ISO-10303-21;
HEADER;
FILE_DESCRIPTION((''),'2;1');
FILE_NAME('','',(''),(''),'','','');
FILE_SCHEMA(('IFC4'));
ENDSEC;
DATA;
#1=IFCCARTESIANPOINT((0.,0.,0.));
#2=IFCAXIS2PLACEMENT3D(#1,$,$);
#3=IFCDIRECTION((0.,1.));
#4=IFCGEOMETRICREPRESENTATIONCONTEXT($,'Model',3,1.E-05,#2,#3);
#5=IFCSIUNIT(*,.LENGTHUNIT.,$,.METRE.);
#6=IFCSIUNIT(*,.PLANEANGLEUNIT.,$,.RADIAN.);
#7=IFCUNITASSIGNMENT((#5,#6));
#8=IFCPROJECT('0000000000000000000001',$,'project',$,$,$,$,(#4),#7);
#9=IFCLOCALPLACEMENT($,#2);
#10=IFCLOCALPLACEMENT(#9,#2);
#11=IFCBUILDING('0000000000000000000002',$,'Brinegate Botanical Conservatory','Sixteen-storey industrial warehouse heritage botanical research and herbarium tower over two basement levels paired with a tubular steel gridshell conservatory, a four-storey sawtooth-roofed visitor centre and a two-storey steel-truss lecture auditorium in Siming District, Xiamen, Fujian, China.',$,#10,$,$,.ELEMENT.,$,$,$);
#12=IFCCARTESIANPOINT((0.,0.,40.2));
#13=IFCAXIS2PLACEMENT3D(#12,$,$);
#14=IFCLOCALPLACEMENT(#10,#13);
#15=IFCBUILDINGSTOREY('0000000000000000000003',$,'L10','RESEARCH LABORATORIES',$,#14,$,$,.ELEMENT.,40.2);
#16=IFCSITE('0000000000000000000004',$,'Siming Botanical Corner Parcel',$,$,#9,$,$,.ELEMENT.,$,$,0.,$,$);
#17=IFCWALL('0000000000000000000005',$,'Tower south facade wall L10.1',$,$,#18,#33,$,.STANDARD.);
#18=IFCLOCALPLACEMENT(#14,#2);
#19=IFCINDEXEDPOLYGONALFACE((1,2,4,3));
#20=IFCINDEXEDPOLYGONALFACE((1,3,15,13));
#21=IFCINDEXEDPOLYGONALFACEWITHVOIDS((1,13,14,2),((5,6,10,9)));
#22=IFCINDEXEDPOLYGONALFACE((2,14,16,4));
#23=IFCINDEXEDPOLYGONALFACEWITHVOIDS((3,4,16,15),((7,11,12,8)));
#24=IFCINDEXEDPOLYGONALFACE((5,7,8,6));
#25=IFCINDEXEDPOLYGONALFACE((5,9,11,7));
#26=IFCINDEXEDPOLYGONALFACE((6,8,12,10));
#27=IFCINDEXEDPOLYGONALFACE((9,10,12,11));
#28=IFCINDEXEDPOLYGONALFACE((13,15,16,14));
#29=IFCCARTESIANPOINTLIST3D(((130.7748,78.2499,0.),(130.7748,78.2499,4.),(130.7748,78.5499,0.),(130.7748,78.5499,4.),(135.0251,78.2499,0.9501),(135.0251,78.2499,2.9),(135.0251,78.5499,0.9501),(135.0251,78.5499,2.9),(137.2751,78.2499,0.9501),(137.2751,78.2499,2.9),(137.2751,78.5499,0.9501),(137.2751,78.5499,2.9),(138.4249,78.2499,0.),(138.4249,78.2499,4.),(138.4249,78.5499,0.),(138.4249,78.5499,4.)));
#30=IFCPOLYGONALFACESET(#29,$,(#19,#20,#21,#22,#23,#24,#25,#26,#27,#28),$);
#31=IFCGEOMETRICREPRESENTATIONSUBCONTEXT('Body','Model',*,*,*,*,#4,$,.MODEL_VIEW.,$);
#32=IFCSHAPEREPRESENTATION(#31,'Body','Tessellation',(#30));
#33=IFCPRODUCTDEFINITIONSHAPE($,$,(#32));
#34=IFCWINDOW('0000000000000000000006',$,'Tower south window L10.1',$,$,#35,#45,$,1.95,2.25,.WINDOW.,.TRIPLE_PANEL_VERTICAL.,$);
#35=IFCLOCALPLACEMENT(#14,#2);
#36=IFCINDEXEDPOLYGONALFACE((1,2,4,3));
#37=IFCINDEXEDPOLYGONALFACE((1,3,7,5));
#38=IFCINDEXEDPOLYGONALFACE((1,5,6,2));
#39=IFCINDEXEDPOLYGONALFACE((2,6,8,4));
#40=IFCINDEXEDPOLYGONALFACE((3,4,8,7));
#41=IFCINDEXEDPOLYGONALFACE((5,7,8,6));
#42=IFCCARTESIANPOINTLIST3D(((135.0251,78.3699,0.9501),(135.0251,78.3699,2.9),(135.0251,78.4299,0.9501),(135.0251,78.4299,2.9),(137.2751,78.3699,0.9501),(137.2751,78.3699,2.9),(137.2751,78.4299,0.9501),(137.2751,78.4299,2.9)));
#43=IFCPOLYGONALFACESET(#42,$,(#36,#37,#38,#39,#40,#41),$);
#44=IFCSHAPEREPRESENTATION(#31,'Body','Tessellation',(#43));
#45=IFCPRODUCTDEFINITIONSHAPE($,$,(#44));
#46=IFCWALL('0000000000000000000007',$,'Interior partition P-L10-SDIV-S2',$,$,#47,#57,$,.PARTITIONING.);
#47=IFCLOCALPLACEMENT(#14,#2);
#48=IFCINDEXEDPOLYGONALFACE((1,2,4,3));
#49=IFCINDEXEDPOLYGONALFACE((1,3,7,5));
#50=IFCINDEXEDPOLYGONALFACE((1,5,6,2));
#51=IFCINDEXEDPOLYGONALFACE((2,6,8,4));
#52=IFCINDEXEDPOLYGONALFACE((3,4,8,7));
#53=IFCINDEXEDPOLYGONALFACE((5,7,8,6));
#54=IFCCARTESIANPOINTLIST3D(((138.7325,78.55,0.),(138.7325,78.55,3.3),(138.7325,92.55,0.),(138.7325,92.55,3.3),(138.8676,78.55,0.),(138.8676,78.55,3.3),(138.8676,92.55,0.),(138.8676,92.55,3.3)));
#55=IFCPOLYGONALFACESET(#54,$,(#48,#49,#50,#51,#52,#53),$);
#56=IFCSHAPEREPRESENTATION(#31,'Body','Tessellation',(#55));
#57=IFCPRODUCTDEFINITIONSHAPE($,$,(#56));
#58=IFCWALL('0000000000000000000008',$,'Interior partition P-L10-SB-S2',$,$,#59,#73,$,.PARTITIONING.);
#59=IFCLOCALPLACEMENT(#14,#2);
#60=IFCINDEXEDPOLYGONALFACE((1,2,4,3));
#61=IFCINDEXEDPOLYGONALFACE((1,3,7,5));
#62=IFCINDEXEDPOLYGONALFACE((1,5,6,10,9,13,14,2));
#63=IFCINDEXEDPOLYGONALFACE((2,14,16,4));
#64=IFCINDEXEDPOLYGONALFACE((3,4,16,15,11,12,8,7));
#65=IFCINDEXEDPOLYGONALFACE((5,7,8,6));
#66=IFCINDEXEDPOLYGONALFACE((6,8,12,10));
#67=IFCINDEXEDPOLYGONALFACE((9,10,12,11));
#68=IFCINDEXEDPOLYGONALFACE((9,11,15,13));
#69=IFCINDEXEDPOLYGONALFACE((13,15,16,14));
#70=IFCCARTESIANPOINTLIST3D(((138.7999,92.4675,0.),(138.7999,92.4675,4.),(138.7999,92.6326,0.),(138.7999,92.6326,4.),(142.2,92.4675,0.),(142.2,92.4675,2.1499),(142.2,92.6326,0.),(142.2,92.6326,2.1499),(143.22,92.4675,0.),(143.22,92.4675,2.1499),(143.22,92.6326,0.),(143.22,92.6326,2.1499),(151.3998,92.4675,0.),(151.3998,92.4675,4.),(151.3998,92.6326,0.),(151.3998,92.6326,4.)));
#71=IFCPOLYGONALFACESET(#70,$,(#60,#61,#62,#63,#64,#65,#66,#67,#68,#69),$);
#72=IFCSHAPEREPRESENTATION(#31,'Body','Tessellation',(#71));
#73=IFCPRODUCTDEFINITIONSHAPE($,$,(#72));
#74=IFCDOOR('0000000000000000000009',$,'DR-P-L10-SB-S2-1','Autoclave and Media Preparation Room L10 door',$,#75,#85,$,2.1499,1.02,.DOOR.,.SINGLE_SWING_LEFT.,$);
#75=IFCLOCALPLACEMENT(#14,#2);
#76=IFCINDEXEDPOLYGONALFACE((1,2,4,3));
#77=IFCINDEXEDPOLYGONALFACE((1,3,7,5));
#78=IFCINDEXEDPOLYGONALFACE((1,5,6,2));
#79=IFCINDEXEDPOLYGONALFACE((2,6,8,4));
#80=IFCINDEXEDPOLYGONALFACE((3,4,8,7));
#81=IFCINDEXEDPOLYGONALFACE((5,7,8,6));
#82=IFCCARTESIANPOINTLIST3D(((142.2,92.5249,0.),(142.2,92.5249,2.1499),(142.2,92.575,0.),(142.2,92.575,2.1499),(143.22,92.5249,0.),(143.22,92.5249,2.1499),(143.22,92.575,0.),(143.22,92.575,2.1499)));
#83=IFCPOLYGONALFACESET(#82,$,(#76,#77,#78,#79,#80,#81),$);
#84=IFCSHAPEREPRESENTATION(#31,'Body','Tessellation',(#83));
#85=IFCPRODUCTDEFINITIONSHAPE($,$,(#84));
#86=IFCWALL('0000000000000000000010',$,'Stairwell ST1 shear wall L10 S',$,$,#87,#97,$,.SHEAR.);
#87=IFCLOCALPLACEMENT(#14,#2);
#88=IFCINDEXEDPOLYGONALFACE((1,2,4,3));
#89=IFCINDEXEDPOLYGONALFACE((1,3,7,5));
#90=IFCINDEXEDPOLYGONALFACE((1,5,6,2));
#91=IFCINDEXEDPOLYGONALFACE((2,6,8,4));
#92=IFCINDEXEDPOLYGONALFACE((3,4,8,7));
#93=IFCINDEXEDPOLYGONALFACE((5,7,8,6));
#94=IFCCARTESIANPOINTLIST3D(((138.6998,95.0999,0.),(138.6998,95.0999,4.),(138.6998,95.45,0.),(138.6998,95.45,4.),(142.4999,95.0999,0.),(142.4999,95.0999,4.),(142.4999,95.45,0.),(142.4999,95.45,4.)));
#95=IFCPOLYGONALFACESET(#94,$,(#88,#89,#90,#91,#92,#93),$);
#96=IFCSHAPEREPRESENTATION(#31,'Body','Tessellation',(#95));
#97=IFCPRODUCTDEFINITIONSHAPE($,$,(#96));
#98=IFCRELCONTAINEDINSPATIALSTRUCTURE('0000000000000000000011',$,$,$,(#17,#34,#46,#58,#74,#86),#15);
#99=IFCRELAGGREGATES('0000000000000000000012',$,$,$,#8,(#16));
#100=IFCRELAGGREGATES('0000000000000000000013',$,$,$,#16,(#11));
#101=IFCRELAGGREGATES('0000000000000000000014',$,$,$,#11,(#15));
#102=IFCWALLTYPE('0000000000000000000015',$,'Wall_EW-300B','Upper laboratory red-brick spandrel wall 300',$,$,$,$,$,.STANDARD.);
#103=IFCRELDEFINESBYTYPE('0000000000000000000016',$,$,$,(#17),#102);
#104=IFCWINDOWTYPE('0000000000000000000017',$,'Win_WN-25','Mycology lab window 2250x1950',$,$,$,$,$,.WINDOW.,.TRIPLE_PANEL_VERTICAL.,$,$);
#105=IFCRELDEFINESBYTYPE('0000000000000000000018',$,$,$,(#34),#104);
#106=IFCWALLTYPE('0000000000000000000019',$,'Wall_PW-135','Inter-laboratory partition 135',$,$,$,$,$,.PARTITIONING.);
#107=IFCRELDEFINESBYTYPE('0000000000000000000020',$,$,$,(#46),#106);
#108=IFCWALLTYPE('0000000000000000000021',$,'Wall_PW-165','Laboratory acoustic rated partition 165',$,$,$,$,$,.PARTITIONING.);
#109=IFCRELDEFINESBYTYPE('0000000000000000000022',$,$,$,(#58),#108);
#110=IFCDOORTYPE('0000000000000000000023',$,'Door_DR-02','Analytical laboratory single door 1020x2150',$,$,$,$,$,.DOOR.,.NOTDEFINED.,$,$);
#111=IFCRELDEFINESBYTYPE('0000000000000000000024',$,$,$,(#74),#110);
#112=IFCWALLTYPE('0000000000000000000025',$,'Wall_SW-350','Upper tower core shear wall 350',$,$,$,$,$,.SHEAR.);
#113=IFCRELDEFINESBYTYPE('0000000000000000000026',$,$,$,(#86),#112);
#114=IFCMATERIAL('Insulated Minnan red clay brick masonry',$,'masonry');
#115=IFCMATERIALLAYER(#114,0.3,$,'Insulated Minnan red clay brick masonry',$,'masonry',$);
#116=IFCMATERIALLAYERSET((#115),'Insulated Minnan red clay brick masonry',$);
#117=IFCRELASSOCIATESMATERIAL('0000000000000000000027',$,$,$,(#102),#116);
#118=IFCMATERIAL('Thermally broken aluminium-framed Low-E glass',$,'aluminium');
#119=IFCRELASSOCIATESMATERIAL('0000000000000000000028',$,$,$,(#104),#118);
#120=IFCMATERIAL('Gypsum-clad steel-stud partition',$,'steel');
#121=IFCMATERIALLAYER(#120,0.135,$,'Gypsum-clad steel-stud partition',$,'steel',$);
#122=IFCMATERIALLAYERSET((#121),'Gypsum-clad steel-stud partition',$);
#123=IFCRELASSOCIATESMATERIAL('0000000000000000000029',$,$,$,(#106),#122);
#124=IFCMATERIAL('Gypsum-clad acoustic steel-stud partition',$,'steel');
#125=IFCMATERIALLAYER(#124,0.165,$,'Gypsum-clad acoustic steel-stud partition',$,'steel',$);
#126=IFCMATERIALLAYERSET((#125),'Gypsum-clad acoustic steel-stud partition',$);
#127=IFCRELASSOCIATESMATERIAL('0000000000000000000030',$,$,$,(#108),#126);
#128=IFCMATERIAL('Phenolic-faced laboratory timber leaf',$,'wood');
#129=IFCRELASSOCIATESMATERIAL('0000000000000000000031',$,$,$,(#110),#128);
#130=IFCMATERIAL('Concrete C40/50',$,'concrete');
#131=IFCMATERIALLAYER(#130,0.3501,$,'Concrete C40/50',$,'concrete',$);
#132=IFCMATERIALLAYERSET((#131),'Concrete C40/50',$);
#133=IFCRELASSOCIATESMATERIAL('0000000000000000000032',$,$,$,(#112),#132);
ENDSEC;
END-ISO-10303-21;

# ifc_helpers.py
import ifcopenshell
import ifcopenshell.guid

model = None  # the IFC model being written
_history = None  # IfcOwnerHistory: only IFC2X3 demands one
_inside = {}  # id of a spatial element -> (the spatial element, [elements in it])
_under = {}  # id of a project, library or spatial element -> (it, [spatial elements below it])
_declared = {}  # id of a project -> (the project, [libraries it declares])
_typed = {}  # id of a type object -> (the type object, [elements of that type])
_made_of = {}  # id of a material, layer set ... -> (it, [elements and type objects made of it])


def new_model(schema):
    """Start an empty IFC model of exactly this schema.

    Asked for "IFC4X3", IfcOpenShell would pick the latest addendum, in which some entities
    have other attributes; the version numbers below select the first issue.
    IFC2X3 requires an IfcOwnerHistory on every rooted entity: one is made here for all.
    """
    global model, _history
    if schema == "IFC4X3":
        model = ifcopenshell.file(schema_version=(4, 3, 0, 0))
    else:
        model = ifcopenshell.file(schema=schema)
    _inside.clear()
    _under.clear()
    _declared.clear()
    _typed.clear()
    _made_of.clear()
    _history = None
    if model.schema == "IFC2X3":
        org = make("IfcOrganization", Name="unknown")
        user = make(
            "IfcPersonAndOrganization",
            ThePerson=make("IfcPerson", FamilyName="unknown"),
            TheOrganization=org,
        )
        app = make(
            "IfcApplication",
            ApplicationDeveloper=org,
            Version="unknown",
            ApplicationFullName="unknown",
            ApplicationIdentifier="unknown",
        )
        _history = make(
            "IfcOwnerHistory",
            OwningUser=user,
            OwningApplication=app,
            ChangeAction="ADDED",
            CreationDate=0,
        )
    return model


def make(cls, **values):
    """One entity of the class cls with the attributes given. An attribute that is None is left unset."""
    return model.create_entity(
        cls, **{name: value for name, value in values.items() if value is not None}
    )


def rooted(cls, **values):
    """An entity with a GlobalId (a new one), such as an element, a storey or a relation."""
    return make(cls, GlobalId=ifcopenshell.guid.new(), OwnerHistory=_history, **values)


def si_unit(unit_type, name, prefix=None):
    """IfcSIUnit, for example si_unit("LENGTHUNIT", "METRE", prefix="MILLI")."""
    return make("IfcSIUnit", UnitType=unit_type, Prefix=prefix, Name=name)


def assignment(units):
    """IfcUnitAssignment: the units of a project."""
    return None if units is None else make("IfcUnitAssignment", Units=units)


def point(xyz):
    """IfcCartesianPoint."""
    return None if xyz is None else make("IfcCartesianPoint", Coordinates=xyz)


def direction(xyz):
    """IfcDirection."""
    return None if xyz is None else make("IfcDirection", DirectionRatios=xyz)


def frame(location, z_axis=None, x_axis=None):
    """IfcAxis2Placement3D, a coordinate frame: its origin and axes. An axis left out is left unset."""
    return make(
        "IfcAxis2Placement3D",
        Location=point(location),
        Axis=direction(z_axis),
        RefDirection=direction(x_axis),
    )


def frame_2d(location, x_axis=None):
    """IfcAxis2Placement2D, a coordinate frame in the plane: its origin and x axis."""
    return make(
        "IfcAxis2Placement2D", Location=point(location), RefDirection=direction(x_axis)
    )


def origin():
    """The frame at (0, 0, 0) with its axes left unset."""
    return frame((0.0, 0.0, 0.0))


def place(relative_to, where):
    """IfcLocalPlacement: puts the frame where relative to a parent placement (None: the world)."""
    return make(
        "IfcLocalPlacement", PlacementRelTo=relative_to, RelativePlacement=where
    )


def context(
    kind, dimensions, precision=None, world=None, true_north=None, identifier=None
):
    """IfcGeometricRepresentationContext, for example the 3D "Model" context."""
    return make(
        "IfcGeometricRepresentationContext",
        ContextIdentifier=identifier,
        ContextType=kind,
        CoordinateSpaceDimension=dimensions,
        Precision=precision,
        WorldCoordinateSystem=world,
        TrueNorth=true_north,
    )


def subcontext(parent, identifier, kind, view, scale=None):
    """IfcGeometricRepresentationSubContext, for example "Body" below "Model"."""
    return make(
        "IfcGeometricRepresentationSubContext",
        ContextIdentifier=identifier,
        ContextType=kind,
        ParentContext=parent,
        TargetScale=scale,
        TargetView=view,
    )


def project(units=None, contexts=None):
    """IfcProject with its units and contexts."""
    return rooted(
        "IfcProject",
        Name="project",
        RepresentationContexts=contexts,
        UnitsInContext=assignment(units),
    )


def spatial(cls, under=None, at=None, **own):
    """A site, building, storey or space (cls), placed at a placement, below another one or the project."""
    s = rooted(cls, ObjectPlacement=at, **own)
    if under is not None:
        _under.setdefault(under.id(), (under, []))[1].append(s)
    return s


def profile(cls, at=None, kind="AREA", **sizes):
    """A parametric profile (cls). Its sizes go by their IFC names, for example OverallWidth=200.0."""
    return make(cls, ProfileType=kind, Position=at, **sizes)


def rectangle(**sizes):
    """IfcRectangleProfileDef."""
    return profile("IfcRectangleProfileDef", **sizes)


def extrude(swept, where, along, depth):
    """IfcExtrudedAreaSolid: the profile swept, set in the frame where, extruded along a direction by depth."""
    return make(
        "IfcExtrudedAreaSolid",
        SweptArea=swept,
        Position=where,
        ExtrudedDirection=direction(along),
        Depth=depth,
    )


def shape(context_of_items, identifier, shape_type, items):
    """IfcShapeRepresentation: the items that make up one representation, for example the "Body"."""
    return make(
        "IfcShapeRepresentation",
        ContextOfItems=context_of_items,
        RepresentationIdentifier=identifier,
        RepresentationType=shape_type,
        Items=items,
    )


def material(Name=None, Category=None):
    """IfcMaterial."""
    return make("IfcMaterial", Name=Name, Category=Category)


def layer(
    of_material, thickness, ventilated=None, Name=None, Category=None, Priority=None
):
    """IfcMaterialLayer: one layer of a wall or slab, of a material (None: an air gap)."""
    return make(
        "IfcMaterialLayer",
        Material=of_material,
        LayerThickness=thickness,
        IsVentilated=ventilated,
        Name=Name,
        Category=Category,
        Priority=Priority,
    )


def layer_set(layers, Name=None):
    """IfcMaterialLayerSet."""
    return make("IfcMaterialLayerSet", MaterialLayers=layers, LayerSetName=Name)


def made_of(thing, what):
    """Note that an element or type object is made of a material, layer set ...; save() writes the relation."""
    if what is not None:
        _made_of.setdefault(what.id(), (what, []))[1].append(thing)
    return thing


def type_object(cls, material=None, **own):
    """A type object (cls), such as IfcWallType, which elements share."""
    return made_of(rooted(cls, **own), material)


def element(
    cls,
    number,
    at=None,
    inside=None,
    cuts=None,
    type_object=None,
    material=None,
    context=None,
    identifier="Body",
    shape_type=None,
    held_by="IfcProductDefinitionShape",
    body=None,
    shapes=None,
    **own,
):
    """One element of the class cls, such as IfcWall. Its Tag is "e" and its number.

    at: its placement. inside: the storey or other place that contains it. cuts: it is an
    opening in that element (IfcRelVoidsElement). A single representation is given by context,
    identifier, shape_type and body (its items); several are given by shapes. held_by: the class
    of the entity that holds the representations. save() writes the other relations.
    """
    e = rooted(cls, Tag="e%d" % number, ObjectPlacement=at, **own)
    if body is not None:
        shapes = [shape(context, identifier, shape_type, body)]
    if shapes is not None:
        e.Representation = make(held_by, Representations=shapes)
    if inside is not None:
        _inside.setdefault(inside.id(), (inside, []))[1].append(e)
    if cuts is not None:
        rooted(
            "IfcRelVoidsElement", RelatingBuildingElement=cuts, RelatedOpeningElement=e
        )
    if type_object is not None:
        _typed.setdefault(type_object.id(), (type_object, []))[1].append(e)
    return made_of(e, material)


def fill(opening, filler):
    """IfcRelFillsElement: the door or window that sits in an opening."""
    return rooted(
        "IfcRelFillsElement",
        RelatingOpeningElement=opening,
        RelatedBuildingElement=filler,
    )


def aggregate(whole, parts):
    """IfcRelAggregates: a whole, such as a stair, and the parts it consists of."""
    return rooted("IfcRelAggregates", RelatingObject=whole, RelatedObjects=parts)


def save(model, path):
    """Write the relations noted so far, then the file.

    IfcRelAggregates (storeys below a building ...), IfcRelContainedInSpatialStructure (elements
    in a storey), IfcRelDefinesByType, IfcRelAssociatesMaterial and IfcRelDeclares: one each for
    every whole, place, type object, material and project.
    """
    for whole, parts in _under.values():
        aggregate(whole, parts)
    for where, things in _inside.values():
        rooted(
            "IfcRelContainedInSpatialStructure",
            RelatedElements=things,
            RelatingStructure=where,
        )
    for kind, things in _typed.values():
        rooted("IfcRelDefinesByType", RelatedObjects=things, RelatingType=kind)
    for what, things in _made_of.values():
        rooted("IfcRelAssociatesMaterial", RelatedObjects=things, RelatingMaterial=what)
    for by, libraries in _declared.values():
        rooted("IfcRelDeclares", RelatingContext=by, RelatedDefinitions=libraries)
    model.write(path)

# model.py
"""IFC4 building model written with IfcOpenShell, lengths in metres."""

from ifc_helpers import new_model, si_unit, direction, frame, frame_2d, origin, place, context, subcontext, project, spatial, rectangle, extrude, material, layer, layer_set, type_object, element, fill, save


model = new_model("IFC4")

# Units and contexts
model_context = context("Model", 3, precision=1e-05, world=origin(), true_north=direction((0.0, 1.0)))
body_context = subcontext(model_context, "Body", "Model", "MODEL_VIEW")
ifc_project = project(units=[si_unit("LENGTHUNIT", "METRE"), si_unit("PLANEANGLEUNIT", "RADIAN")], contexts=[model_context])

# Site, building, storey
site_placement = place(None, origin())
site = spatial("IfcSite", under=ifc_project, at=site_placement, Name="Siming Botanical Corner Parcel", CompositionType="ELEMENT", RefElevation=0.0)
building_placement = place(site_placement, origin())
building = spatial("IfcBuilding", under=site, at=building_placement, Name="Brinegate Botanical Conservatory", Description="Sixteen-storey industrial warehouse heritage botanical research and herbarium tower over two basement levels paired with a tubular steel gridshell conservatory, a four-storey sawtooth-roofed visitor centre and a two-storey steel-truss lecture auditorium in Siming District, Xiamen, Fujian, China.", CompositionType="ELEMENT")
storey_placement = place(building_placement, frame((0.0, 0.0, 40.2)))
storey = spatial("IfcBuildingStorey", under=building, at=storey_placement, Name="L10", Description="RESEARCH LABORATORIES", CompositionType="ELEMENT", Elevation=40.2)

# Shared definitions
ifc_material_1 = material(Name="Concrete C40/50", Category="concrete")

# Wall, opening, window
ifc_material_2 = material(Name="Insulated Minnan red clay brick masonry", Category="masonry")
ifc_layer_1 = layer(ifc_material_2, 0.3, Name="Insulated Minnan red clay brick masonry", Category="masonry")
ifc_layer_set_1 = layer_set([ifc_layer_1], Name="Insulated Minnan red clay brick masonry")
wall_type_1 = type_object("IfcWallType", Name="Wall_EW-300B", Description="Upper laboratory red-brick spandrel wall 300", PredefinedType="STANDARD", material=ifc_layer_set_1)
wall_1_placement = place(storey_placement, frame((138.425, 78.3999, 0.0), z_axis=(0.0, 0.0, 1.0), x_axis=(-1.0, 0.0, 0.0)))
wall_1 = element("IfcWall", 1, at=wall_1_placement, inside=storey, type_object=wall_type_1, Name="Tower south facade wall L10.1", PredefinedType="STANDARD", context=body_context, shape_type="SweptSolid", body=[
    extrude(rectangle(XDim=7.6501, YDim=0.3, at=frame_2d((3.8252, 0.0))), origin(), (0.0, 0.0, 1.0), 4.0),
])
opening_1_placement = place(wall_1_placement, frame((1.1499, 0.0, 0.95)))
opening_1 = element("IfcOpeningElement", 2, at=opening_1_placement, cuts=wall_1, PredefinedType="OPENING", context=body_context, shape_type="SweptSolid", body=[
    extrude(rectangle(XDim=2.25, YDim=1.95, at=frame_2d((1.125, 0.9751))), frame((0.0, 0.1599, 0.0), z_axis=(0.0, -1.0, 0.0), x_axis=(1.0, 0.0, 0.0)), (0.0, 0.0, 1.0), 0.3201),
])
ifc_material_3 = material(Name="Thermally broken aluminium-framed Low-E glass", Category="aluminium")
window_type = type_object("IfcWindowType", Name="Win_WN-25", Description="Mycology lab window 2250x1950", PartitioningType="TRIPLE_PANEL_VERTICAL", PredefinedType="WINDOW", material=ifc_material_3)
window_placement = place(opening_1_placement, origin())
window = element("IfcWindow", 3, at=window_placement, inside=storey, type_object=window_type, Name="Tower south window L10.1", OverallHeight=1.95, OverallWidth=2.25, PartitioningType="TRIPLE_PANEL_VERTICAL", PredefinedType="WINDOW", context=body_context, shape_type="SweptSolid", body=[
    extrude(rectangle(XDim=2.25, YDim=1.95, at=frame_2d((1.125, 0.9751))), frame((0.0, 0.03, 0.0), z_axis=(0.0, -1.0, 0.0), x_axis=(1.0, 0.0, 0.0)), (0.0, 0.0, 1.0), 0.0601),
])
fill(opening_1, window)

# Wall
ifc_material_4 = material(Name="Gypsum-clad steel-stud partition", Category="steel")
ifc_layer_2 = layer(ifc_material_4, 0.135, Name="Gypsum-clad steel-stud partition", Category="steel")
ifc_layer_set_2 = layer_set([ifc_layer_2], Name="Gypsum-clad steel-stud partition")
wall_type_2 = type_object("IfcWallType", Name="Wall_PW-135", Description="Inter-laboratory partition 135", PredefinedType="PARTITIONING", material=ifc_layer_set_2)
wall_2_placement = place(storey_placement, frame((138.8, 78.55, 0.0), z_axis=(0.0, 0.0, 1.0), x_axis=(0.0, 1.0, 0.0)))
element("IfcWall", 4, at=wall_2_placement, inside=storey, type_object=wall_type_2, Name="Interior partition P-L10-SDIV-S2", PredefinedType="PARTITIONING", context=body_context, shape_type="SweptSolid", body=[
    extrude(rectangle(XDim=14.0, YDim=0.135, at=frame_2d((7.0, 0.0))), origin(), (0.0, 0.0, 1.0), 3.3),
])

# Wall, opening, door
ifc_material_5 = material(Name="Gypsum-clad acoustic steel-stud partition", Category="steel")
ifc_layer_3 = layer(ifc_material_5, 0.165, Name="Gypsum-clad acoustic steel-stud partition", Category="steel")
ifc_layer_set_3 = layer_set([ifc_layer_3], Name="Gypsum-clad acoustic steel-stud partition")
wall_type_3 = type_object("IfcWallType", Name="Wall_PW-165", Description="Laboratory acoustic rated partition 165", PredefinedType="PARTITIONING", material=ifc_layer_set_3)
wall_3_placement = place(storey_placement, frame((138.8, 92.55, 0.0), z_axis=(0.0, 0.0, 1.0), x_axis=(1.0, 0.0, 0.0)))
wall_3 = element("IfcWall", 5, at=wall_3_placement, inside=storey, type_object=wall_type_3, Name="Interior partition P-L10-SB-S2", PredefinedType="PARTITIONING", context=body_context, shape_type="SweptSolid", body=[
    extrude(rectangle(XDim=12.5999, YDim=0.165, at=frame_2d((6.2998, 0.0))), origin(), (0.0, 0.0, 1.0), 4.0),
])
opening_2_placement = place(wall_3_placement, frame((3.3999, 0.0, 0.0)))
opening_2 = element("IfcOpeningElement", 6, at=opening_2_placement, cuts=wall_3, PredefinedType="OPENING", context=body_context, shape_type="SweptSolid", body=[
    extrude(rectangle(XDim=1.02, YDim=2.1499, at=frame_2d((0.51, 1.075))), frame((0.0, 0.0925, 0.0), z_axis=(0.0, -1.0, 0.0), x_axis=(1.0, 0.0, 0.0)), (0.0, 0.0, 1.0), 0.1851),
])
ifc_material_6 = material(Name="Phenolic-faced laboratory timber leaf", Category="wood")
door_type_1 = type_object("IfcDoorType", Name="Door_DR-02", Description="Analytical laboratory single door 1020x2150", OperationType="NOTDEFINED", PredefinedType="DOOR", material=ifc_material_6)
door_1_placement = place(opening_2_placement, origin())
door_1 = element("IfcDoor", 7, at=door_1_placement, inside=storey, type_object=door_type_1, Name="DR-P-L10-SB-S2-1", Description="Autoclave and Media Preparation Room L10 door", OperationType="SINGLE_SWING_LEFT", OverallHeight=2.1499, OverallWidth=1.02, PredefinedType="DOOR", context=body_context, shape_type="SweptSolid", body=[
    extrude(rectangle(XDim=1.02, YDim=2.1499, at=frame_2d((0.51, 1.075))), frame((0.0, 0.0249, 0.0), z_axis=(0.0, -1.0, 0.0), x_axis=(1.0, 0.0, 0.0)), (0.0, 0.0, 1.0), 0.05),
])
fill(opening_2, door_1)

# Wall
ifc_layer_4 = layer(ifc_material_1, 0.3501, Name="Concrete C40/50", Category="concrete")
ifc_layer_set_4 = layer_set([ifc_layer_4], Name="Concrete C40/50")
wall_type_4 = type_object("IfcWallType", Name="Wall_SW-350", Description="Upper tower core shear wall 350", PredefinedType="SHEAR", material=ifc_layer_set_4)
wall_4_placement = place(storey_placement, frame((138.7, 95.2749, 0.0), z_axis=(0.0, 0.0, 1.0), x_axis=(1.0, 0.0, 0.0)))
element("IfcWall", 8, at=wall_4_placement, inside=storey, type_object=wall_type_4, Name="Stairwell ST1 shear wall L10 S", PredefinedType="SHEAR", context=body_context, shape_type="SweptSolid", body=[
    extrude(rectangle(XDim=3.8, YDim=0.3501, at=frame_2d((1.8999, 0.0))), origin(), (0.0, 0.0, 1.0), 4.0),
])

save(model, "model.ifc")
